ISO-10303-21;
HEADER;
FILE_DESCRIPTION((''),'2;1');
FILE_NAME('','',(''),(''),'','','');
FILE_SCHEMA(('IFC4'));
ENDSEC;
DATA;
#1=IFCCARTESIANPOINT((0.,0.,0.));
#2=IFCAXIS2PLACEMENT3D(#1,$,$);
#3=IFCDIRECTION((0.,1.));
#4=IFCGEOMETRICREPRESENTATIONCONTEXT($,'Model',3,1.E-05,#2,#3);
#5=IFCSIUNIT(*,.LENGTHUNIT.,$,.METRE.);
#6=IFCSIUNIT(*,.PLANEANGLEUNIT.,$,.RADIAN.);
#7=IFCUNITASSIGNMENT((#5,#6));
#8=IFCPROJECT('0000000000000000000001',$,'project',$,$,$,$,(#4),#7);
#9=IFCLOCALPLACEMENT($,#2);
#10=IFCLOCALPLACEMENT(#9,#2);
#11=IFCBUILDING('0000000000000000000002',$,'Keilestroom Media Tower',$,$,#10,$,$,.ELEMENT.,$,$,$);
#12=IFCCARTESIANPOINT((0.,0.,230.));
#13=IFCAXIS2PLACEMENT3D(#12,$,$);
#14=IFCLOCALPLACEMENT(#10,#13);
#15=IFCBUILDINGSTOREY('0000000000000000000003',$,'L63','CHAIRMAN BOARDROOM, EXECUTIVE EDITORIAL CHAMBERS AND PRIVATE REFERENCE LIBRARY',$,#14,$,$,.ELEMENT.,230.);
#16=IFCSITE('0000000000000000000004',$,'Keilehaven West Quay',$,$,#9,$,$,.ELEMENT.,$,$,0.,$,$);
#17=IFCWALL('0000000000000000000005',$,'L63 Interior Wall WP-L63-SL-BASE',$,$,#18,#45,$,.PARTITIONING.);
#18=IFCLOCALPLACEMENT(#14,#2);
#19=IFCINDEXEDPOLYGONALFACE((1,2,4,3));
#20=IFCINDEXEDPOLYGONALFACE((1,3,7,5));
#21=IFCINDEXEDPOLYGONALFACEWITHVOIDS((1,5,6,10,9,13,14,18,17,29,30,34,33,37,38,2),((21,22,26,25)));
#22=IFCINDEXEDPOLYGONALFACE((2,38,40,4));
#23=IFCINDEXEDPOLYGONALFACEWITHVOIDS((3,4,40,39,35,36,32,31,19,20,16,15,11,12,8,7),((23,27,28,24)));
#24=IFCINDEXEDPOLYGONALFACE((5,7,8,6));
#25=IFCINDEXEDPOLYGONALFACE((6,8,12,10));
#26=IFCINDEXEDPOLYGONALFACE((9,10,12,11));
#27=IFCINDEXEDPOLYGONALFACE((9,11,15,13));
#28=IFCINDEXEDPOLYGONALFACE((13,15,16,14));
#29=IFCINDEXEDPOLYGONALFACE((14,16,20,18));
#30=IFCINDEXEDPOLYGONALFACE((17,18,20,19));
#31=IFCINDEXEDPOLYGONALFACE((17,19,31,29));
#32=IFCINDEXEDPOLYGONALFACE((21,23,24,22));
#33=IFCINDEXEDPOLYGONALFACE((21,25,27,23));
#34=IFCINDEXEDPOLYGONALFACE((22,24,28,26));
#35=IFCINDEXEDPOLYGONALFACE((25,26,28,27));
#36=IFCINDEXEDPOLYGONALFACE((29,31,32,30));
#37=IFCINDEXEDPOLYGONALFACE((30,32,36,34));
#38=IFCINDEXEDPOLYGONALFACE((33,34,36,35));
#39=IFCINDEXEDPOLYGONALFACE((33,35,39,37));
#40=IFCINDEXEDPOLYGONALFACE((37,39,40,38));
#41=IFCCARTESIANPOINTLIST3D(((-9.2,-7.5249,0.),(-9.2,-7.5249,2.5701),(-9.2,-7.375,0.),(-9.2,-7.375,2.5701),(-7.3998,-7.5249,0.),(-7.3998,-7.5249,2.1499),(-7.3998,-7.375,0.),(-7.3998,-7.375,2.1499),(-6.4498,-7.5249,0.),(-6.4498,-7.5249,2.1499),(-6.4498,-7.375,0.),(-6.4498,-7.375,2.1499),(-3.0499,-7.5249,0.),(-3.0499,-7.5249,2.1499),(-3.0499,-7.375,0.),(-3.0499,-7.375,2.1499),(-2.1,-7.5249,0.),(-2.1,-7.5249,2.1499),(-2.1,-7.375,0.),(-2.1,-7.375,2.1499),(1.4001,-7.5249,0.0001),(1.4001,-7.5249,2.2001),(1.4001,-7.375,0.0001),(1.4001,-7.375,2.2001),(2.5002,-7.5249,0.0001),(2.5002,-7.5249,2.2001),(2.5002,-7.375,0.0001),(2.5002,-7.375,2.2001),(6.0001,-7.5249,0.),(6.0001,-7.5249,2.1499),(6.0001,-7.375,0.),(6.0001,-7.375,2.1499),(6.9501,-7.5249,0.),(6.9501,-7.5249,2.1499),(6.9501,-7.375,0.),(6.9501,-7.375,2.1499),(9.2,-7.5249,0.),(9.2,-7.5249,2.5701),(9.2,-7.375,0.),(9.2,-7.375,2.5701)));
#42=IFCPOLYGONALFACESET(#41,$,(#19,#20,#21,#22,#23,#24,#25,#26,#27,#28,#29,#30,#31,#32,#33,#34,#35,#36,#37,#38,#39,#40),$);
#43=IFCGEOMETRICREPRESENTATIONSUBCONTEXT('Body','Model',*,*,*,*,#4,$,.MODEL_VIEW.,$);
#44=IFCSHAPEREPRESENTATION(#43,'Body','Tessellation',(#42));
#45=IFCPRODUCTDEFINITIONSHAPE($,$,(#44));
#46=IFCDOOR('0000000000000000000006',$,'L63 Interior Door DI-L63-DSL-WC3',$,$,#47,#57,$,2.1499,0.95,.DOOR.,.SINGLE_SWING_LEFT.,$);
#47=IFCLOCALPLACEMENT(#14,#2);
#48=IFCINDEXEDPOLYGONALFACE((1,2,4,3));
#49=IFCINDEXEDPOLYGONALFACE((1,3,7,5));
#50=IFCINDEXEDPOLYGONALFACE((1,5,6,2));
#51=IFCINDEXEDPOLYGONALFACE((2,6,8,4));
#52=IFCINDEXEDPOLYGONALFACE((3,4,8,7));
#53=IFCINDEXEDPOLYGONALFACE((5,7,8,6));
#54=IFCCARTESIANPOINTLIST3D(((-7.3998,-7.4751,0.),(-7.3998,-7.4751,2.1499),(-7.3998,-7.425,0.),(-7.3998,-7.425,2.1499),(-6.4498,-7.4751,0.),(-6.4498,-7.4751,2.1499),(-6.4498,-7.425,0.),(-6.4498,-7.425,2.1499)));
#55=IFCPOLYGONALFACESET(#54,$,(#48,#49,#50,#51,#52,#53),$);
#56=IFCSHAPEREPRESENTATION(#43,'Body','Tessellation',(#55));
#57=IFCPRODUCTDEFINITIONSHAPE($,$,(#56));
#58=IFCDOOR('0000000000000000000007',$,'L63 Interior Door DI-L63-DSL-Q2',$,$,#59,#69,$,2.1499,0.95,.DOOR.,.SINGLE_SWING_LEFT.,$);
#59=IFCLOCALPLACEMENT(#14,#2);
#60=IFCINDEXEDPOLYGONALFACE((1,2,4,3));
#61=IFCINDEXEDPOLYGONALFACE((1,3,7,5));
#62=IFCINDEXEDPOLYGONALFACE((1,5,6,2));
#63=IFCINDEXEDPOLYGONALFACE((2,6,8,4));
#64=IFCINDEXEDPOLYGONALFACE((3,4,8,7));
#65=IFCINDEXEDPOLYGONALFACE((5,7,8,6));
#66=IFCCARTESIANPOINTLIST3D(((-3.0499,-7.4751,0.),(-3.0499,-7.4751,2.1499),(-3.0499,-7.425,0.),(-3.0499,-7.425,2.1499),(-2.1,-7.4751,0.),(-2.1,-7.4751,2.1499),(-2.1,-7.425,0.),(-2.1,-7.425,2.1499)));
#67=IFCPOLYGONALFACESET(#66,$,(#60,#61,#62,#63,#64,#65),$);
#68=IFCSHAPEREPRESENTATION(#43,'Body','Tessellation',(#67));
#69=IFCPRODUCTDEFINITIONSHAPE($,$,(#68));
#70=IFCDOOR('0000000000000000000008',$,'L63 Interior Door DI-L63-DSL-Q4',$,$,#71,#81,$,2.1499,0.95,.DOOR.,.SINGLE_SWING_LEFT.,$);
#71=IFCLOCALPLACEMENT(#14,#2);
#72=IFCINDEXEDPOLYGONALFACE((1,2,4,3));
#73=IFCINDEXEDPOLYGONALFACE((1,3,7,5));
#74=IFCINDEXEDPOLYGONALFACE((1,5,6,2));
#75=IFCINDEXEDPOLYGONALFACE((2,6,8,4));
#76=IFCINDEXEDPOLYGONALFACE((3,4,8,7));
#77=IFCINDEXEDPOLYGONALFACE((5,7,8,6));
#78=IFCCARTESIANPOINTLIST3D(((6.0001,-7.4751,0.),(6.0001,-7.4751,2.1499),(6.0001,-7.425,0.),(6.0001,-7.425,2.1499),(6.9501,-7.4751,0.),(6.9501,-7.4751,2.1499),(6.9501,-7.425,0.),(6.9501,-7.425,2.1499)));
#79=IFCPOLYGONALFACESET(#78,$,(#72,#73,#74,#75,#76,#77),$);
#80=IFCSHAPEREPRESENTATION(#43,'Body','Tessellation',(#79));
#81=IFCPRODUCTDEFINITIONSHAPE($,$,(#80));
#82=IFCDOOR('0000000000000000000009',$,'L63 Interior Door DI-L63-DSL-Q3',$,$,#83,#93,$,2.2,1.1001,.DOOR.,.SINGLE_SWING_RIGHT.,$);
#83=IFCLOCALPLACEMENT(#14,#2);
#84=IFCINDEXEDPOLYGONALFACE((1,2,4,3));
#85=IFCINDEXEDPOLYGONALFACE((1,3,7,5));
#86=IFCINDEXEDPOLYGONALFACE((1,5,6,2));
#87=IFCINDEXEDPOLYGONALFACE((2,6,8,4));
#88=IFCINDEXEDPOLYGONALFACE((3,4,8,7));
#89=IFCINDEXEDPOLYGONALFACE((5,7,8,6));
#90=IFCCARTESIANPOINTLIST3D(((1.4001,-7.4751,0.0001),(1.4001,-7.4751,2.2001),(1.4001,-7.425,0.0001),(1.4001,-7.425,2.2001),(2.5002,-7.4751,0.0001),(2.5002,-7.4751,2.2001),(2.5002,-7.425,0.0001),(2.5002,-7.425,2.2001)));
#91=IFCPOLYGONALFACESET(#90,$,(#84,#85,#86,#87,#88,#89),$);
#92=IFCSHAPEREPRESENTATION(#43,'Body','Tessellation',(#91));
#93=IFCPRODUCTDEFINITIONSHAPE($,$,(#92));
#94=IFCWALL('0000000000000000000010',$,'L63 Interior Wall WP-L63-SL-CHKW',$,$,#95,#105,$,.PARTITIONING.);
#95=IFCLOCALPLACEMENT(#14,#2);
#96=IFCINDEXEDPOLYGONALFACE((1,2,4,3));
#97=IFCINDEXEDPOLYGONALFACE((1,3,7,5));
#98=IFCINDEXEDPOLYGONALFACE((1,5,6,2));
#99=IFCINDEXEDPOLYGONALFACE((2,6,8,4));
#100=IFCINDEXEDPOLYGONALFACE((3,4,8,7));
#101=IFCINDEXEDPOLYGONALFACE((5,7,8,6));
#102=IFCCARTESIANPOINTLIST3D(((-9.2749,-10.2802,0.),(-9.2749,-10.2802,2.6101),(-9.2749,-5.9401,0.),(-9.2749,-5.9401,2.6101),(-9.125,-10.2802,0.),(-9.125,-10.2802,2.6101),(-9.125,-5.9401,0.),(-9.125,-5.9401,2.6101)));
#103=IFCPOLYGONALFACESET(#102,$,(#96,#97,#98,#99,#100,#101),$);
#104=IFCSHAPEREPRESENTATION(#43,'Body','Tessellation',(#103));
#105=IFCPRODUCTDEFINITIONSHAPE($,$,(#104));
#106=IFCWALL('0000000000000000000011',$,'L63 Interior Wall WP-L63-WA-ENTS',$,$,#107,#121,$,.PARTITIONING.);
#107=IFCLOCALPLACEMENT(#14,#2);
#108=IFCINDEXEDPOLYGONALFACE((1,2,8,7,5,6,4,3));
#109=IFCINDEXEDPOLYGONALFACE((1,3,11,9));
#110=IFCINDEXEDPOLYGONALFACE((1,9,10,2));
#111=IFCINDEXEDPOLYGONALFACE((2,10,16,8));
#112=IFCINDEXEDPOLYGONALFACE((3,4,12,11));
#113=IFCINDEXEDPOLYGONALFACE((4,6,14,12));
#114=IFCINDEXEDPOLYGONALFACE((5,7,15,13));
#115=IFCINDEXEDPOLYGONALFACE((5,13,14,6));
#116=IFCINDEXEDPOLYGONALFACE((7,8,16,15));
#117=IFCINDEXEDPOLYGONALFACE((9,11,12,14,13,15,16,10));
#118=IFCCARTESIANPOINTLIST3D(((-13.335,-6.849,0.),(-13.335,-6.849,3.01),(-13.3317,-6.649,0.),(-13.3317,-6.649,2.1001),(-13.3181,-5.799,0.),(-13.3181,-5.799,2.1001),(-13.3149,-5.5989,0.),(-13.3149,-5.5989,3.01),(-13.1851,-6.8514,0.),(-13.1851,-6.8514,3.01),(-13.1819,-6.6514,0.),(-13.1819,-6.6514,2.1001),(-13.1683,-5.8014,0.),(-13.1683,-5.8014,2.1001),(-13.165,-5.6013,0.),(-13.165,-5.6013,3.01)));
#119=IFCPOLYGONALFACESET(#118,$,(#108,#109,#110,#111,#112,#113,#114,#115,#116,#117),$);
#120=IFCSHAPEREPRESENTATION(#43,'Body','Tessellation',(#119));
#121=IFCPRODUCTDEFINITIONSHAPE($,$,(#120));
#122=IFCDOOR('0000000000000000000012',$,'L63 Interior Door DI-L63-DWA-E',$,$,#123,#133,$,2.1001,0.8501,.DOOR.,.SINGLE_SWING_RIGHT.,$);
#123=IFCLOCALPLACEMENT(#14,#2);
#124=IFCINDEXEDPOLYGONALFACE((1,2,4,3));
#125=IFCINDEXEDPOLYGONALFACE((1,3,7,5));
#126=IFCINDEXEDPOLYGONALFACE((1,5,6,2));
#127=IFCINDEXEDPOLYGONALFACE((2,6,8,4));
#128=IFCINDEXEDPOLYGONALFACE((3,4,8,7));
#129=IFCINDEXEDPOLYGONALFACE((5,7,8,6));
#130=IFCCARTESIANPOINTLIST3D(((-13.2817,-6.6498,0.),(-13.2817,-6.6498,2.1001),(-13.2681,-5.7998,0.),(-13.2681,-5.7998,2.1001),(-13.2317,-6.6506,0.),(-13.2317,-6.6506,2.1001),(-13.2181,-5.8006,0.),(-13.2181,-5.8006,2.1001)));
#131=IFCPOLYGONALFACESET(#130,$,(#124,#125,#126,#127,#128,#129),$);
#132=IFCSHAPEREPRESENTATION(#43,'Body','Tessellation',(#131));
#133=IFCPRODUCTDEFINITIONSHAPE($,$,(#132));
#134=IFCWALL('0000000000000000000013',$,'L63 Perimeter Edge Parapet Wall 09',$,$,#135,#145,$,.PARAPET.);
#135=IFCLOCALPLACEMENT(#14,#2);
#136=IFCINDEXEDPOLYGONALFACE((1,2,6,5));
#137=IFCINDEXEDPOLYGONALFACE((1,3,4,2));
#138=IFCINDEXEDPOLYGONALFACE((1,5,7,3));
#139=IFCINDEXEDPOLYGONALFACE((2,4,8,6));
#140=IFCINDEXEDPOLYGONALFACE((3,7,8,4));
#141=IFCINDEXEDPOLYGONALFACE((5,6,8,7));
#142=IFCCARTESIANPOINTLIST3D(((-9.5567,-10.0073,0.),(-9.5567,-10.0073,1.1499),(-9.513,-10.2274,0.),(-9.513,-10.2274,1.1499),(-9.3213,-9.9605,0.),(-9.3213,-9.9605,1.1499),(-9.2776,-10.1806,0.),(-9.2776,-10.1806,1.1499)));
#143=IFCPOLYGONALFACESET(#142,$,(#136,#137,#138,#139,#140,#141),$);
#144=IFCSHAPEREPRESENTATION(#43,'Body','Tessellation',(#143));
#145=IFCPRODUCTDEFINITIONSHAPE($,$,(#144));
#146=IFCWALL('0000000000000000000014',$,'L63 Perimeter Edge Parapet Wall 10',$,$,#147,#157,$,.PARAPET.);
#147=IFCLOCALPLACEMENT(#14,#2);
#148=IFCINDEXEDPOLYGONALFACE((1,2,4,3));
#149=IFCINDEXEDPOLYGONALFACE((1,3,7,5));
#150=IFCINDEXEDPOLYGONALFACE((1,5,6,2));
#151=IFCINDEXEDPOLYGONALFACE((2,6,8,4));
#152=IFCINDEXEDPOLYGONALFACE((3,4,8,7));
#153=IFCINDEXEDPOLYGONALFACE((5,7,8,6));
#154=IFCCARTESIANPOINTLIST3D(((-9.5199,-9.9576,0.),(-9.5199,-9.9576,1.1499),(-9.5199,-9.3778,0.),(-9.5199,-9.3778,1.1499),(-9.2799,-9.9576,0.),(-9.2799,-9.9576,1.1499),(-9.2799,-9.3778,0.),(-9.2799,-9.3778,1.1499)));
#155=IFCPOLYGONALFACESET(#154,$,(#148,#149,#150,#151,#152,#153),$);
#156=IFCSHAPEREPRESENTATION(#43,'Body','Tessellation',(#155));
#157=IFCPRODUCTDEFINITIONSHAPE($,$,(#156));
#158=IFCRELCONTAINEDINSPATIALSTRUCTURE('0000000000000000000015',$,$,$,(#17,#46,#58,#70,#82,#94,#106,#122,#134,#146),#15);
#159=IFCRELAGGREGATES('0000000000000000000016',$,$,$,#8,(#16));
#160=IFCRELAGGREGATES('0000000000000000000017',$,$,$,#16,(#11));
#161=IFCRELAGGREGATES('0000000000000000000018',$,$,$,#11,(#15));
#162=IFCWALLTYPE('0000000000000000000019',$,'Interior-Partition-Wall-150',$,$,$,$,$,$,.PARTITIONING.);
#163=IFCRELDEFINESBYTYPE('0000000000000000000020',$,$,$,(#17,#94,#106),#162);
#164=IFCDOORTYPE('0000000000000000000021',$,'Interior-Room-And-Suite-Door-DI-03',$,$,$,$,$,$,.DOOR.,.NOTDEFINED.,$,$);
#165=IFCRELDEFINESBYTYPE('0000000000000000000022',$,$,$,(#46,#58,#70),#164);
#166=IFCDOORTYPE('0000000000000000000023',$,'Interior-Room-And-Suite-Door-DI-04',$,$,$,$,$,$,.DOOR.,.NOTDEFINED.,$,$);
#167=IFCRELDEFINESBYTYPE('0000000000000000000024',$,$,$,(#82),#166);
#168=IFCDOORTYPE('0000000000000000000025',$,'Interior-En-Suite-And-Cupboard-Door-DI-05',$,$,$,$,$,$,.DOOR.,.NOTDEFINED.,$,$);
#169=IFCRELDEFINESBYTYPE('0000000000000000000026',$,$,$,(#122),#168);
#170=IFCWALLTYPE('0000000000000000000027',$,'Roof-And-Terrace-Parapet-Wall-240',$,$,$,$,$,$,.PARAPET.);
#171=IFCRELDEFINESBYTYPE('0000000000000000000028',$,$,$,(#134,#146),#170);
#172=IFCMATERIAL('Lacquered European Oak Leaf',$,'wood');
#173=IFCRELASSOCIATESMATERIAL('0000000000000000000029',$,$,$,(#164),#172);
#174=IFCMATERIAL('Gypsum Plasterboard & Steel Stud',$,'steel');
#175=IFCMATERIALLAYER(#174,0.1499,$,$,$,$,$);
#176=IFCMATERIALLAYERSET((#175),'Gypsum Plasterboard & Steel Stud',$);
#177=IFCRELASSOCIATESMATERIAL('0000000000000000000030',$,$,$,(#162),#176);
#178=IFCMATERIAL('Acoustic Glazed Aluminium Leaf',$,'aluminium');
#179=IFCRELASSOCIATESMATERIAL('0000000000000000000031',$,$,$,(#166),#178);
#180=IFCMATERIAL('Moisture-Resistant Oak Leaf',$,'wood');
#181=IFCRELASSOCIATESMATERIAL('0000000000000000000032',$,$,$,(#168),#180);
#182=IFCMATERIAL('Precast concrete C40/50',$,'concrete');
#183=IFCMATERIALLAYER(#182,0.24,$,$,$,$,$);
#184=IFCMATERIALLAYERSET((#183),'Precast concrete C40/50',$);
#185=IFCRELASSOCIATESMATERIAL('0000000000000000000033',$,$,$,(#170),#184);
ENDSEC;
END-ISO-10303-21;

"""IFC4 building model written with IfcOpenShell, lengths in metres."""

from ifc_helpers import new_model, si_unit, direction, frame, frame_2d, origin, place, context, subcontext, project, spatial, rectangle, extrude, source, transform, mapped, material, layer, layer_set, type_object, element, fill, save


model = new_model("IFC4")

# Units and contexts
model_context = context("Model", 3, precision=1e-05, world=origin(), true_north=direction((0.0, 1.0)))
body_context = subcontext(model_context, "Body", "Model", "MODEL_VIEW")
ifc_project = project(units=[si_unit("LENGTHUNIT", "METRE"), si_unit("PLANEANGLEUNIT", "RADIAN")], contexts=[model_context])

# Site, building, storey
site_placement = place(None, origin())
site = spatial("IfcSite", under=ifc_project, at=site_placement, Name="Keilehaven West Quay", CompositionType="ELEMENT", RefElevation=0.0)
building_placement = place(site_placement, origin())
building = spatial("IfcBuilding", under=site, at=building_placement, Name="Keilestroom Media Tower", CompositionType="ELEMENT")
storey_placement = place(building_placement, frame((0.0, 0.0, 230.0)))
storey = spatial("IfcBuildingStorey", under=building, at=storey_placement, Name="L63", Description="CHAIRMAN BOARDROOM, EXECUTIVE EDITORIAL CHAMBERS AND PRIVATE REFERENCE LIBRARY", CompositionType="ELEMENT", Elevation=230.0)

# Shared definitions
ifc_material_1 = material(Name="Precast concrete C40/50", Category="concrete")

# Shared definitions
ifc_material_2 = material(Name="Gypsum Plasterboard & Steel Stud", Category="steel")
ifc_material_3 = material(Name="Lacquered European Oak Leaf", Category="wood")
door_type_1 = type_object("IfcDoorType", Name="Interior-Room-And-Suite-Door-DI-03", OperationType="NOTDEFINED", PredefinedType="DOOR", material=ifc_material_3)
shared_shape_1 = source(origin(), body_context, "Body", "SweptSolid", [
    extrude(rectangle(XDim=0.95, YDim=2.1499, at=frame_2d((0.4751, 1.075))), frame((0.0, 0.0249, 0.0), z_axis=(0.0, -1.0, 0.0), x_axis=(1.0, 0.0, 0.0)), (0.0, 0.0, 1.0), 0.05),
])

# Wall, openings, doors
ifc_layer_1 = layer(ifc_material_2, 0.1499)
ifc_layer_set_1 = layer_set([ifc_layer_1], Name="Gypsum Plasterboard & Steel Stud")
wall_type_1 = type_object("IfcWallType", Name="Interior-Partition-Wall-150", PredefinedType="PARTITIONING", material=ifc_layer_set_1)
wall_1_placement = place(storey_placement, frame((-9.2, -7.45, 0.0), z_axis=(0.0, 0.0, 1.0), x_axis=(1.0, 0.0, 0.0)))
wall_1 = element("IfcWall", 1, at=wall_1_placement, inside=storey, type_object=wall_type_1, Name="L63 Interior Wall WP-L63-SL-BASE", PredefinedType="PARTITIONING", context=body_context, shape_type="SweptSolid", body=[
    extrude(rectangle(XDim=18.3999, YDim=0.1499, at=frame_2d((9.2, 0.0))), origin(), (0.0, 0.0, 1.0), 2.5701),
])
opening_1_placement = place(wall_1_placement, frame((1.8, 0.0, 0.0)))
opening_1 = element("IfcOpeningElement", 2, at=opening_1_placement, cuts=wall_1, PredefinedType="OPENING", context=body_context, shape_type="SweptSolid", body=[
    extrude(rectangle(XDim=0.95, YDim=2.1499, at=frame_2d((0.4751, 1.075))), frame((0.0, 0.085, 0.0), z_axis=(0.0, -1.0, 0.0), x_axis=(1.0, 0.0, 0.0)), (0.0, 0.0, 1.0), 0.1699),
])
opening_2_placement = place(wall_1_placement, frame((6.1499, 0.0, 0.0)))
opening_2 = element("IfcOpeningElement", 3, at=opening_2_placement, cuts=wall_1, PredefinedType="OPENING", context=body_context, shape_type="SweptSolid", body=[
    extrude(rectangle(XDim=0.95, YDim=2.1499, at=frame_2d((0.4751, 1.075))), frame((0.0, 0.085, 0.0), z_axis=(0.0, -1.0, 0.0), x_axis=(1.0, 0.0, 0.0)), (0.0, 0.0, 1.0), 0.1699),
])
opening_3_placement = place(wall_1_placement, frame((10.6001, 0.0, 0.0)))
opening_3 = element("IfcOpeningElement", 4, at=opening_3_placement, cuts=wall_1, PredefinedType="OPENING", context=body_context, shape_type="SweptSolid", body=[
    extrude(rectangle(XDim=1.1001, YDim=2.2, at=frame_2d((0.55, 1.1001))), frame((0.0, 0.085, 0.0), z_axis=(0.0, -1.0, 0.0), x_axis=(1.0, 0.0, 0.0)), (0.0, 0.0, 1.0), 0.1699),
])
opening_4_placement = place(wall_1_placement, frame((15.2, 0.0, 0.0)))
opening_4 = element("IfcOpeningElement", 5, at=opening_4_placement, cuts=wall_1, PredefinedType="OPENING", context=body_context, shape_type="SweptSolid", body=[
    extrude(rectangle(XDim=0.95, YDim=2.1499, at=frame_2d((0.4751, 1.075))), frame((0.0, 0.085, 0.0), z_axis=(0.0, -1.0, 0.0), x_axis=(1.0, 0.0, 0.0)), (0.0, 0.0, 1.0), 0.1699),
])
door_1_placement = place(opening_1_placement, origin())
door_1 = element("IfcDoor", 6, at=door_1_placement, inside=storey, type_object=door_type_1, Name="L63 Interior Door DI-L63-DSL-WC3", OperationType="SINGLE_SWING_LEFT", OverallHeight=2.1499, OverallWidth=0.95, PredefinedType="DOOR", context=body_context, shape_type="MappedRepresentation", body=[
    mapped(shared_shape_1, transform((0.0, 0.0, 0.0), x_axis=(1.0, 0.0, 0.0), y_axis=(0.0, 1.0, 0.0), z_axis=(0.0, 0.0, 1.0), scale=1.0)),
])
fill(opening_1, door_1)
door_2_placement = place(opening_2_placement, origin())
door_2 = element("IfcDoor", 7, at=door_2_placement, inside=storey, type_object=door_type_1, Name="L63 Interior Door DI-L63-DSL-Q2", OperationType="SINGLE_SWING_LEFT", OverallHeight=2.1499, OverallWidth=0.95, PredefinedType="DOOR", context=body_context, shape_type="MappedRepresentation", body=[
    mapped(shared_shape_1, transform((0.0, 0.0, 0.0), x_axis=(1.0, 0.0, 0.0), y_axis=(0.0, 1.0, 0.0), z_axis=(0.0, 0.0, 1.0), scale=1.0)),
])
fill(opening_2, door_2)
door_3_placement = place(opening_4_placement, origin())
door_3 = element("IfcDoor", 8, at=door_3_placement, inside=storey, type_object=door_type_1, Name="L63 Interior Door DI-L63-DSL-Q4", OperationType="SINGLE_SWING_LEFT", OverallHeight=2.1499, OverallWidth=0.95, PredefinedType="DOOR", context=body_context, shape_type="MappedRepresentation", body=[
    mapped(shared_shape_1, transform((0.0, 0.0, 0.0), x_axis=(1.0, 0.0, 0.0), y_axis=(0.0, 1.0, 0.0), z_axis=(0.0, 0.0, 1.0), scale=1.0)),
])
fill(opening_4, door_3)
ifc_material_4 = material(Name="Acoustic Glazed Aluminium Leaf", Category="aluminium")
door_type_2 = type_object("IfcDoorType", Name="Interior-Room-And-Suite-Door-DI-04", OperationType="NOTDEFINED", PredefinedType="DOOR", material=ifc_material_4)
shared_shape_2 = source(origin(), body_context, "Body", "SweptSolid", [
    extrude(rectangle(XDim=1.1001, YDim=2.2, at=frame_2d((0.55, 1.1001))), frame((0.0, 0.0249, 0.0), z_axis=(0.0, -1.0, 0.0), x_axis=(1.0, 0.0, 0.0)), (0.0, 0.0, 1.0), 0.05),
])
door_4_placement = place(opening_3_placement, origin())
door_4 = element("IfcDoor", 9, at=door_4_placement, inside=storey, type_object=door_type_2, Name="L63 Interior Door DI-L63-DSL-Q3", OperationType="SINGLE_SWING_RIGHT", OverallHeight=2.2, OverallWidth=1.1001, PredefinedType="DOOR", context=body_context, shape_type="MappedRepresentation", body=[
    mapped(shared_shape_2, transform((0.0, 0.0, 0.0), x_axis=(1.0, 0.0, 0.0), y_axis=(0.0, 1.0, 0.0), z_axis=(0.0, 0.0, 1.0), scale=1.0)),
])
fill(opening_3, door_4)

# Wall
wall_2_placement = place(storey_placement, frame((-9.2, -10.28, 0.0), z_axis=(0.0, 0.0, 1.0), x_axis=(0.0, 1.0, 0.0)))
element("IfcWall", 10, at=wall_2_placement, inside=storey, type_object=wall_type_1, Name="L63 Interior Wall WP-L63-SL-CHKW", PredefinedType="PARTITIONING", context=body_context, shape_type="SweptSolid", body=[
    extrude(rectangle(XDim=4.3401, YDim=0.1499, at=frame_2d((2.1699, 0.0))), origin(), (0.0, 0.0, 1.0), 2.6101),
])

# Wall, opening, door
wall_3_placement = place(storey_placement, frame((-13.26, -6.8501, 0.0), z_axis=(0.0, 0.0, 1.0), x_axis=(0.016014, 0.999872, 0.0)))
wall_3 = element("IfcWall", 11, at=wall_3_placement, inside=storey, type_object=wall_type_1, Name="L63 Interior Wall WP-L63-WA-ENTS", PredefinedType="PARTITIONING", context=body_context, shape_type="SweptSolid", body=[
    extrude(rectangle(XDim=1.2502, YDim=0.1499, at=frame_2d((0.625, 0.0))), origin(), (0.0, 0.0, 1.0), 3.01),
])
opening_5_placement = place(wall_3_placement, frame((0.2, 0.0, 0.0)))
opening_5 = element("IfcOpeningElement", 12, at=opening_5_placement, cuts=wall_3, PredefinedType="OPENING", context=body_context, shape_type="SweptSolid", body=[
    extrude(rectangle(XDim=0.8501, YDim=2.1001, at=frame_2d((0.425, 1.05))), frame((0.0, 0.085, 0.0), z_axis=(0.0, -1.0, 0.0), x_axis=(1.0, 0.0, 0.0)), (0.0, 0.0, 1.0), 0.1699),
])
ifc_material_5 = material(Name="Moisture-Resistant Oak Leaf", Category="wood")
door_type_3 = type_object("IfcDoorType", Name="Interior-En-Suite-And-Cupboard-Door-DI-05", OperationType="NOTDEFINED", PredefinedType="DOOR", material=ifc_material_5)
shared_shape_3 = source(origin(), body_context, "Body", "SweptSolid", [
    extrude(rectangle(XDim=0.8501, YDim=2.1001, at=frame_2d((0.425, 1.05))), frame((0.0, 0.0249, 0.0), z_axis=(0.0, -1.0, 0.0), x_axis=(1.0, 0.0, 0.0)), (0.0, 0.0, 1.0), 0.05),
])
door_5_placement = place(opening_5_placement, origin())
door_5 = element("IfcDoor", 13, at=door_5_placement, inside=storey, type_object=door_type_3, Name="L63 Interior Door DI-L63-DWA-E", OperationType="SINGLE_SWING_RIGHT", OverallHeight=2.1001, OverallWidth=0.8501, PredefinedType="DOOR", context=body_context, shape_type="MappedRepresentation", body=[
    mapped(shared_shape_3, transform((0.0, 0.0, 0.0), x_axis=(1.0, 0.0, 0.0), y_axis=(0.0, 1.0, 0.0), z_axis=(0.0, 0.0, 1.0), scale=1.0)),
])
fill(opening_5, door_5)

# Walls
ifc_layer_2 = layer(ifc_material_1, 0.24)
ifc_layer_set_2 = layer_set([ifc_layer_2], Name="Precast concrete C40/50")
wall_type_2 = type_object("IfcWallType", Name="Roof-And-Terrace-Parapet-Wall-240", PredefinedType="PARAPET", material=ifc_layer_set_2)
wall_4_placement = place(storey_placement, frame((-9.3953, -10.2041, 0.0), z_axis=(0.0, 0.0, 1.0), x_axis=(-0.19486, 0.980831, 0.0)))
element("IfcWall", 14, at=wall_4_placement, inside=storey, type_object=wall_type_2, Name="L63 Perimeter Edge Parapet Wall 09", PredefinedType="PARAPET", context=body_context, shape_type="SweptSolid", body=[
    extrude(rectangle(XDim=0.2244, YDim=0.24, at=frame_2d((0.1123, 0.0))), origin(), (0.0, 0.0, 1.0), 1.1499),
])
wall_5_placement = place(storey_placement, frame((-9.3999, -9.9578, 0.0), z_axis=(0.0, 0.0, 1.0), x_axis=(0.0, 1.0, 0.0)))
element("IfcWall", 15, at=wall_5_placement, inside=storey, type_object=wall_type_2, Name="L63 Perimeter Edge Parapet Wall 10", PredefinedType="PARAPET", context=body_context, shape_type="SweptSolid", body=[
    extrude(rectangle(XDim=0.5798, YDim=0.24, at=frame_2d((0.29, 0.0))), origin(), (0.0, 0.0, 1.0), 1.1499),
])

save(model, "model.ifc")
